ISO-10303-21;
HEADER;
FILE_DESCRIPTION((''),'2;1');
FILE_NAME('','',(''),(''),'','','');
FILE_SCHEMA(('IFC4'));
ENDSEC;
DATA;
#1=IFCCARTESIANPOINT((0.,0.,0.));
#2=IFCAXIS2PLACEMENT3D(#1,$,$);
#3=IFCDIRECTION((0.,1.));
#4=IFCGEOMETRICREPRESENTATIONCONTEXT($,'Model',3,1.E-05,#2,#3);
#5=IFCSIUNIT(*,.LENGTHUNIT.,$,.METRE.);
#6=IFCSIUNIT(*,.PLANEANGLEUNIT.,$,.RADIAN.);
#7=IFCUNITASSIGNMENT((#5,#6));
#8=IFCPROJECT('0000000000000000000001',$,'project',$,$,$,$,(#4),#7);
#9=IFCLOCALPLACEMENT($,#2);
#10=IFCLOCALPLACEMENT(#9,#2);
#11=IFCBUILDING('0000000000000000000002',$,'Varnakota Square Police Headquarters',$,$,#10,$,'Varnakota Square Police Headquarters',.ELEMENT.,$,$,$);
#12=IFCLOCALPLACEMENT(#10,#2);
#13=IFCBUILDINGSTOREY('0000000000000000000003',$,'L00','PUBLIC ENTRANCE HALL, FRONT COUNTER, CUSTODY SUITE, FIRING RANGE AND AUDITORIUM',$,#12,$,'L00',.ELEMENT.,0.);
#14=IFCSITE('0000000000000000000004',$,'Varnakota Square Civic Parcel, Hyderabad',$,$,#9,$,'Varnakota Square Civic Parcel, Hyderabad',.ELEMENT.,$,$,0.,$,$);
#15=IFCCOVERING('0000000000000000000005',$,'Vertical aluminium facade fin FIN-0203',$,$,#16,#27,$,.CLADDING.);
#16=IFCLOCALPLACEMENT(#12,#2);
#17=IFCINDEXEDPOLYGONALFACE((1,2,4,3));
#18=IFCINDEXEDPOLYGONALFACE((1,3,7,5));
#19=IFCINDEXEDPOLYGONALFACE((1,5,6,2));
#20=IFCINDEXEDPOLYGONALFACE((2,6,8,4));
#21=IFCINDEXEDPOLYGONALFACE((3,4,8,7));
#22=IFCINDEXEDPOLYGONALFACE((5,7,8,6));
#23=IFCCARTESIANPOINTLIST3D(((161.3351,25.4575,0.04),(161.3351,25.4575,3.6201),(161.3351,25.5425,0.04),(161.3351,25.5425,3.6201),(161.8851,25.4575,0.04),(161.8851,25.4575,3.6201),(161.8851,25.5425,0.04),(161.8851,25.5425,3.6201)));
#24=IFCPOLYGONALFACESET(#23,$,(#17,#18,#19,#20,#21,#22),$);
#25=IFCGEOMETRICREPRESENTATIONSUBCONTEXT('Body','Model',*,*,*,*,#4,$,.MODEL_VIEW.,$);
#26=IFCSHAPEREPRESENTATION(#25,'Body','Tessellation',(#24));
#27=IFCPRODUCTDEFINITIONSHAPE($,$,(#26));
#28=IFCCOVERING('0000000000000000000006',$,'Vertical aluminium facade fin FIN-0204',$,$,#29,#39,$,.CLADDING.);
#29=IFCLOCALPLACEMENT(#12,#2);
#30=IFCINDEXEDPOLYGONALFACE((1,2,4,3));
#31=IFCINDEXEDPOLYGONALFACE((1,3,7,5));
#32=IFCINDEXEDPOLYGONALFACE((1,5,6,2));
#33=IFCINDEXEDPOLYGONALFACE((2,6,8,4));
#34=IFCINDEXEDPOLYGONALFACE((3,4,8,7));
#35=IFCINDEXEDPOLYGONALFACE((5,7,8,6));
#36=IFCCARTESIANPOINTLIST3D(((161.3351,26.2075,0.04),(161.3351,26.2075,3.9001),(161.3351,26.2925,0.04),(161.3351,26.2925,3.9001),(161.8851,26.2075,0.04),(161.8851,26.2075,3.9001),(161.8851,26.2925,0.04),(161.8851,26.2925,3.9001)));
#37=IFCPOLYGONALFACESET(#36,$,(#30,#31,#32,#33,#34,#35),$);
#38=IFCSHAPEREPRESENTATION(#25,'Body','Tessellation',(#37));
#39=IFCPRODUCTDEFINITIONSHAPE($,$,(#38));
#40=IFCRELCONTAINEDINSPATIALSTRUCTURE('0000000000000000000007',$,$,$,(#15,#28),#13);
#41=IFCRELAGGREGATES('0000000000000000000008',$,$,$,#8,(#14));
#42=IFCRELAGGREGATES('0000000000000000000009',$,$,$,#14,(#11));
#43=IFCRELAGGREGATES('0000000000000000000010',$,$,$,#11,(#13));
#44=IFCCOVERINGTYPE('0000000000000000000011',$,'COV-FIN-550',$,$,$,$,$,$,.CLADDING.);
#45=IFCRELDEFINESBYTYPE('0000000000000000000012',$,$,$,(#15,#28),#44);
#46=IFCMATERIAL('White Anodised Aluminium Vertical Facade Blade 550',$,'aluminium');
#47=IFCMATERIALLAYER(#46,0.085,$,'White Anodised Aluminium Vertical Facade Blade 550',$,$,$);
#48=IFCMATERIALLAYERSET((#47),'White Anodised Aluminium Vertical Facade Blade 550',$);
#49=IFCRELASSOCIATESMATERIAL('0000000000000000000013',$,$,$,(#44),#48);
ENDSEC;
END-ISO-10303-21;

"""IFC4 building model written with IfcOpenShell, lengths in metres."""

from ifc_helpers import new_model, si_unit, direction, frame, origin, origin_2d, place, context, subcontext, project, spatial, rectangle, extrude, material, layer, layer_set, type_object, element, save


model = new_model("IFC4")

# Units and contexts
model_context = context("Model", 3, precision=1e-05, world=origin(), true_north=direction((0.0, 1.0)))
body_context = subcontext(model_context, "Body", "Model", "MODEL_VIEW")
ifc_project = project(units=[si_unit("LENGTHUNIT", "METRE"), si_unit("PLANEANGLEUNIT", "RADIAN")], contexts=[model_context])

# Site, building, storey
site_placement = place(None, origin())
site = spatial("IfcSite", under=ifc_project, at=site_placement, Name="Varnakota Square Civic Parcel, Hyderabad", LongName="Varnakota Square Civic Parcel, Hyderabad", CompositionType="ELEMENT", RefElevation=0.0)
building_placement = place(site_placement, origin())
building = spatial("IfcBuilding", under=site, at=building_placement, Name="Varnakota Square Police Headquarters", LongName="Varnakota Square Police Headquarters", CompositionType="ELEMENT")
storey_placement = place(building_placement, origin())
storey = spatial("IfcBuildingStorey", under=building, at=storey_placement, Name="L00", Description="PUBLIC ENTRANCE HALL, FRONT COUNTER, CUSTODY SUITE, FIRING RANGE AND AUDITORIUM", LongName="L00", CompositionType="ELEMENT", Elevation=0.0)

# Coverings
ifc_material_1 = material(Name="White Anodised Aluminium Vertical Facade Blade 550", Category="aluminium")
ifc_layer_1 = layer(ifc_material_1, 0.085, Name="White Anodised Aluminium Vertical Facade Blade 550")
ifc_layer_set_1 = layer_set([ifc_layer_1], Name="White Anodised Aluminium Vertical Facade Blade 550")
covering_type_1 = type_object("IfcCoveringType", Name="COV-FIN-550", PredefinedType="CLADDING", material=ifc_layer_set_1)
covering_1_placement = place(storey_placement, frame((161.6101, 25.5, 0.04), z_axis=(0.0, 0.0, 1.0), x_axis=(0.0, 1.0, 0.0)))
element("IfcCovering", 1, at=covering_1_placement, inside=storey, type_object=covering_type_1, Name="Vertical aluminium facade fin FIN-0203", PredefinedType="CLADDING", context=body_context, shape_type="SweptSolid", body=[
    extrude(rectangle(XDim=0.085, YDim=0.55, at=origin_2d()), origin(), (0.0, 0.0, 1.0), 3.5801),
])
covering_2_placement = place(storey_placement, frame((161.6101, 26.25, 0.04), z_axis=(0.0, 0.0, 1.0), x_axis=(0.0, 1.0, 0.0)))
element("IfcCovering", 2, at=covering_2_placement, inside=storey, type_object=covering_type_1, Name="Vertical aluminium facade fin FIN-0204", PredefinedType="CLADDING", context=body_context, shape_type="SweptSolid", body=[
    extrude(rectangle(XDim=0.085, YDim=0.55, at=origin_2d()), origin(), (0.0, 0.0, 1.0), 3.8601),
])

save(model, "model.ifc")
